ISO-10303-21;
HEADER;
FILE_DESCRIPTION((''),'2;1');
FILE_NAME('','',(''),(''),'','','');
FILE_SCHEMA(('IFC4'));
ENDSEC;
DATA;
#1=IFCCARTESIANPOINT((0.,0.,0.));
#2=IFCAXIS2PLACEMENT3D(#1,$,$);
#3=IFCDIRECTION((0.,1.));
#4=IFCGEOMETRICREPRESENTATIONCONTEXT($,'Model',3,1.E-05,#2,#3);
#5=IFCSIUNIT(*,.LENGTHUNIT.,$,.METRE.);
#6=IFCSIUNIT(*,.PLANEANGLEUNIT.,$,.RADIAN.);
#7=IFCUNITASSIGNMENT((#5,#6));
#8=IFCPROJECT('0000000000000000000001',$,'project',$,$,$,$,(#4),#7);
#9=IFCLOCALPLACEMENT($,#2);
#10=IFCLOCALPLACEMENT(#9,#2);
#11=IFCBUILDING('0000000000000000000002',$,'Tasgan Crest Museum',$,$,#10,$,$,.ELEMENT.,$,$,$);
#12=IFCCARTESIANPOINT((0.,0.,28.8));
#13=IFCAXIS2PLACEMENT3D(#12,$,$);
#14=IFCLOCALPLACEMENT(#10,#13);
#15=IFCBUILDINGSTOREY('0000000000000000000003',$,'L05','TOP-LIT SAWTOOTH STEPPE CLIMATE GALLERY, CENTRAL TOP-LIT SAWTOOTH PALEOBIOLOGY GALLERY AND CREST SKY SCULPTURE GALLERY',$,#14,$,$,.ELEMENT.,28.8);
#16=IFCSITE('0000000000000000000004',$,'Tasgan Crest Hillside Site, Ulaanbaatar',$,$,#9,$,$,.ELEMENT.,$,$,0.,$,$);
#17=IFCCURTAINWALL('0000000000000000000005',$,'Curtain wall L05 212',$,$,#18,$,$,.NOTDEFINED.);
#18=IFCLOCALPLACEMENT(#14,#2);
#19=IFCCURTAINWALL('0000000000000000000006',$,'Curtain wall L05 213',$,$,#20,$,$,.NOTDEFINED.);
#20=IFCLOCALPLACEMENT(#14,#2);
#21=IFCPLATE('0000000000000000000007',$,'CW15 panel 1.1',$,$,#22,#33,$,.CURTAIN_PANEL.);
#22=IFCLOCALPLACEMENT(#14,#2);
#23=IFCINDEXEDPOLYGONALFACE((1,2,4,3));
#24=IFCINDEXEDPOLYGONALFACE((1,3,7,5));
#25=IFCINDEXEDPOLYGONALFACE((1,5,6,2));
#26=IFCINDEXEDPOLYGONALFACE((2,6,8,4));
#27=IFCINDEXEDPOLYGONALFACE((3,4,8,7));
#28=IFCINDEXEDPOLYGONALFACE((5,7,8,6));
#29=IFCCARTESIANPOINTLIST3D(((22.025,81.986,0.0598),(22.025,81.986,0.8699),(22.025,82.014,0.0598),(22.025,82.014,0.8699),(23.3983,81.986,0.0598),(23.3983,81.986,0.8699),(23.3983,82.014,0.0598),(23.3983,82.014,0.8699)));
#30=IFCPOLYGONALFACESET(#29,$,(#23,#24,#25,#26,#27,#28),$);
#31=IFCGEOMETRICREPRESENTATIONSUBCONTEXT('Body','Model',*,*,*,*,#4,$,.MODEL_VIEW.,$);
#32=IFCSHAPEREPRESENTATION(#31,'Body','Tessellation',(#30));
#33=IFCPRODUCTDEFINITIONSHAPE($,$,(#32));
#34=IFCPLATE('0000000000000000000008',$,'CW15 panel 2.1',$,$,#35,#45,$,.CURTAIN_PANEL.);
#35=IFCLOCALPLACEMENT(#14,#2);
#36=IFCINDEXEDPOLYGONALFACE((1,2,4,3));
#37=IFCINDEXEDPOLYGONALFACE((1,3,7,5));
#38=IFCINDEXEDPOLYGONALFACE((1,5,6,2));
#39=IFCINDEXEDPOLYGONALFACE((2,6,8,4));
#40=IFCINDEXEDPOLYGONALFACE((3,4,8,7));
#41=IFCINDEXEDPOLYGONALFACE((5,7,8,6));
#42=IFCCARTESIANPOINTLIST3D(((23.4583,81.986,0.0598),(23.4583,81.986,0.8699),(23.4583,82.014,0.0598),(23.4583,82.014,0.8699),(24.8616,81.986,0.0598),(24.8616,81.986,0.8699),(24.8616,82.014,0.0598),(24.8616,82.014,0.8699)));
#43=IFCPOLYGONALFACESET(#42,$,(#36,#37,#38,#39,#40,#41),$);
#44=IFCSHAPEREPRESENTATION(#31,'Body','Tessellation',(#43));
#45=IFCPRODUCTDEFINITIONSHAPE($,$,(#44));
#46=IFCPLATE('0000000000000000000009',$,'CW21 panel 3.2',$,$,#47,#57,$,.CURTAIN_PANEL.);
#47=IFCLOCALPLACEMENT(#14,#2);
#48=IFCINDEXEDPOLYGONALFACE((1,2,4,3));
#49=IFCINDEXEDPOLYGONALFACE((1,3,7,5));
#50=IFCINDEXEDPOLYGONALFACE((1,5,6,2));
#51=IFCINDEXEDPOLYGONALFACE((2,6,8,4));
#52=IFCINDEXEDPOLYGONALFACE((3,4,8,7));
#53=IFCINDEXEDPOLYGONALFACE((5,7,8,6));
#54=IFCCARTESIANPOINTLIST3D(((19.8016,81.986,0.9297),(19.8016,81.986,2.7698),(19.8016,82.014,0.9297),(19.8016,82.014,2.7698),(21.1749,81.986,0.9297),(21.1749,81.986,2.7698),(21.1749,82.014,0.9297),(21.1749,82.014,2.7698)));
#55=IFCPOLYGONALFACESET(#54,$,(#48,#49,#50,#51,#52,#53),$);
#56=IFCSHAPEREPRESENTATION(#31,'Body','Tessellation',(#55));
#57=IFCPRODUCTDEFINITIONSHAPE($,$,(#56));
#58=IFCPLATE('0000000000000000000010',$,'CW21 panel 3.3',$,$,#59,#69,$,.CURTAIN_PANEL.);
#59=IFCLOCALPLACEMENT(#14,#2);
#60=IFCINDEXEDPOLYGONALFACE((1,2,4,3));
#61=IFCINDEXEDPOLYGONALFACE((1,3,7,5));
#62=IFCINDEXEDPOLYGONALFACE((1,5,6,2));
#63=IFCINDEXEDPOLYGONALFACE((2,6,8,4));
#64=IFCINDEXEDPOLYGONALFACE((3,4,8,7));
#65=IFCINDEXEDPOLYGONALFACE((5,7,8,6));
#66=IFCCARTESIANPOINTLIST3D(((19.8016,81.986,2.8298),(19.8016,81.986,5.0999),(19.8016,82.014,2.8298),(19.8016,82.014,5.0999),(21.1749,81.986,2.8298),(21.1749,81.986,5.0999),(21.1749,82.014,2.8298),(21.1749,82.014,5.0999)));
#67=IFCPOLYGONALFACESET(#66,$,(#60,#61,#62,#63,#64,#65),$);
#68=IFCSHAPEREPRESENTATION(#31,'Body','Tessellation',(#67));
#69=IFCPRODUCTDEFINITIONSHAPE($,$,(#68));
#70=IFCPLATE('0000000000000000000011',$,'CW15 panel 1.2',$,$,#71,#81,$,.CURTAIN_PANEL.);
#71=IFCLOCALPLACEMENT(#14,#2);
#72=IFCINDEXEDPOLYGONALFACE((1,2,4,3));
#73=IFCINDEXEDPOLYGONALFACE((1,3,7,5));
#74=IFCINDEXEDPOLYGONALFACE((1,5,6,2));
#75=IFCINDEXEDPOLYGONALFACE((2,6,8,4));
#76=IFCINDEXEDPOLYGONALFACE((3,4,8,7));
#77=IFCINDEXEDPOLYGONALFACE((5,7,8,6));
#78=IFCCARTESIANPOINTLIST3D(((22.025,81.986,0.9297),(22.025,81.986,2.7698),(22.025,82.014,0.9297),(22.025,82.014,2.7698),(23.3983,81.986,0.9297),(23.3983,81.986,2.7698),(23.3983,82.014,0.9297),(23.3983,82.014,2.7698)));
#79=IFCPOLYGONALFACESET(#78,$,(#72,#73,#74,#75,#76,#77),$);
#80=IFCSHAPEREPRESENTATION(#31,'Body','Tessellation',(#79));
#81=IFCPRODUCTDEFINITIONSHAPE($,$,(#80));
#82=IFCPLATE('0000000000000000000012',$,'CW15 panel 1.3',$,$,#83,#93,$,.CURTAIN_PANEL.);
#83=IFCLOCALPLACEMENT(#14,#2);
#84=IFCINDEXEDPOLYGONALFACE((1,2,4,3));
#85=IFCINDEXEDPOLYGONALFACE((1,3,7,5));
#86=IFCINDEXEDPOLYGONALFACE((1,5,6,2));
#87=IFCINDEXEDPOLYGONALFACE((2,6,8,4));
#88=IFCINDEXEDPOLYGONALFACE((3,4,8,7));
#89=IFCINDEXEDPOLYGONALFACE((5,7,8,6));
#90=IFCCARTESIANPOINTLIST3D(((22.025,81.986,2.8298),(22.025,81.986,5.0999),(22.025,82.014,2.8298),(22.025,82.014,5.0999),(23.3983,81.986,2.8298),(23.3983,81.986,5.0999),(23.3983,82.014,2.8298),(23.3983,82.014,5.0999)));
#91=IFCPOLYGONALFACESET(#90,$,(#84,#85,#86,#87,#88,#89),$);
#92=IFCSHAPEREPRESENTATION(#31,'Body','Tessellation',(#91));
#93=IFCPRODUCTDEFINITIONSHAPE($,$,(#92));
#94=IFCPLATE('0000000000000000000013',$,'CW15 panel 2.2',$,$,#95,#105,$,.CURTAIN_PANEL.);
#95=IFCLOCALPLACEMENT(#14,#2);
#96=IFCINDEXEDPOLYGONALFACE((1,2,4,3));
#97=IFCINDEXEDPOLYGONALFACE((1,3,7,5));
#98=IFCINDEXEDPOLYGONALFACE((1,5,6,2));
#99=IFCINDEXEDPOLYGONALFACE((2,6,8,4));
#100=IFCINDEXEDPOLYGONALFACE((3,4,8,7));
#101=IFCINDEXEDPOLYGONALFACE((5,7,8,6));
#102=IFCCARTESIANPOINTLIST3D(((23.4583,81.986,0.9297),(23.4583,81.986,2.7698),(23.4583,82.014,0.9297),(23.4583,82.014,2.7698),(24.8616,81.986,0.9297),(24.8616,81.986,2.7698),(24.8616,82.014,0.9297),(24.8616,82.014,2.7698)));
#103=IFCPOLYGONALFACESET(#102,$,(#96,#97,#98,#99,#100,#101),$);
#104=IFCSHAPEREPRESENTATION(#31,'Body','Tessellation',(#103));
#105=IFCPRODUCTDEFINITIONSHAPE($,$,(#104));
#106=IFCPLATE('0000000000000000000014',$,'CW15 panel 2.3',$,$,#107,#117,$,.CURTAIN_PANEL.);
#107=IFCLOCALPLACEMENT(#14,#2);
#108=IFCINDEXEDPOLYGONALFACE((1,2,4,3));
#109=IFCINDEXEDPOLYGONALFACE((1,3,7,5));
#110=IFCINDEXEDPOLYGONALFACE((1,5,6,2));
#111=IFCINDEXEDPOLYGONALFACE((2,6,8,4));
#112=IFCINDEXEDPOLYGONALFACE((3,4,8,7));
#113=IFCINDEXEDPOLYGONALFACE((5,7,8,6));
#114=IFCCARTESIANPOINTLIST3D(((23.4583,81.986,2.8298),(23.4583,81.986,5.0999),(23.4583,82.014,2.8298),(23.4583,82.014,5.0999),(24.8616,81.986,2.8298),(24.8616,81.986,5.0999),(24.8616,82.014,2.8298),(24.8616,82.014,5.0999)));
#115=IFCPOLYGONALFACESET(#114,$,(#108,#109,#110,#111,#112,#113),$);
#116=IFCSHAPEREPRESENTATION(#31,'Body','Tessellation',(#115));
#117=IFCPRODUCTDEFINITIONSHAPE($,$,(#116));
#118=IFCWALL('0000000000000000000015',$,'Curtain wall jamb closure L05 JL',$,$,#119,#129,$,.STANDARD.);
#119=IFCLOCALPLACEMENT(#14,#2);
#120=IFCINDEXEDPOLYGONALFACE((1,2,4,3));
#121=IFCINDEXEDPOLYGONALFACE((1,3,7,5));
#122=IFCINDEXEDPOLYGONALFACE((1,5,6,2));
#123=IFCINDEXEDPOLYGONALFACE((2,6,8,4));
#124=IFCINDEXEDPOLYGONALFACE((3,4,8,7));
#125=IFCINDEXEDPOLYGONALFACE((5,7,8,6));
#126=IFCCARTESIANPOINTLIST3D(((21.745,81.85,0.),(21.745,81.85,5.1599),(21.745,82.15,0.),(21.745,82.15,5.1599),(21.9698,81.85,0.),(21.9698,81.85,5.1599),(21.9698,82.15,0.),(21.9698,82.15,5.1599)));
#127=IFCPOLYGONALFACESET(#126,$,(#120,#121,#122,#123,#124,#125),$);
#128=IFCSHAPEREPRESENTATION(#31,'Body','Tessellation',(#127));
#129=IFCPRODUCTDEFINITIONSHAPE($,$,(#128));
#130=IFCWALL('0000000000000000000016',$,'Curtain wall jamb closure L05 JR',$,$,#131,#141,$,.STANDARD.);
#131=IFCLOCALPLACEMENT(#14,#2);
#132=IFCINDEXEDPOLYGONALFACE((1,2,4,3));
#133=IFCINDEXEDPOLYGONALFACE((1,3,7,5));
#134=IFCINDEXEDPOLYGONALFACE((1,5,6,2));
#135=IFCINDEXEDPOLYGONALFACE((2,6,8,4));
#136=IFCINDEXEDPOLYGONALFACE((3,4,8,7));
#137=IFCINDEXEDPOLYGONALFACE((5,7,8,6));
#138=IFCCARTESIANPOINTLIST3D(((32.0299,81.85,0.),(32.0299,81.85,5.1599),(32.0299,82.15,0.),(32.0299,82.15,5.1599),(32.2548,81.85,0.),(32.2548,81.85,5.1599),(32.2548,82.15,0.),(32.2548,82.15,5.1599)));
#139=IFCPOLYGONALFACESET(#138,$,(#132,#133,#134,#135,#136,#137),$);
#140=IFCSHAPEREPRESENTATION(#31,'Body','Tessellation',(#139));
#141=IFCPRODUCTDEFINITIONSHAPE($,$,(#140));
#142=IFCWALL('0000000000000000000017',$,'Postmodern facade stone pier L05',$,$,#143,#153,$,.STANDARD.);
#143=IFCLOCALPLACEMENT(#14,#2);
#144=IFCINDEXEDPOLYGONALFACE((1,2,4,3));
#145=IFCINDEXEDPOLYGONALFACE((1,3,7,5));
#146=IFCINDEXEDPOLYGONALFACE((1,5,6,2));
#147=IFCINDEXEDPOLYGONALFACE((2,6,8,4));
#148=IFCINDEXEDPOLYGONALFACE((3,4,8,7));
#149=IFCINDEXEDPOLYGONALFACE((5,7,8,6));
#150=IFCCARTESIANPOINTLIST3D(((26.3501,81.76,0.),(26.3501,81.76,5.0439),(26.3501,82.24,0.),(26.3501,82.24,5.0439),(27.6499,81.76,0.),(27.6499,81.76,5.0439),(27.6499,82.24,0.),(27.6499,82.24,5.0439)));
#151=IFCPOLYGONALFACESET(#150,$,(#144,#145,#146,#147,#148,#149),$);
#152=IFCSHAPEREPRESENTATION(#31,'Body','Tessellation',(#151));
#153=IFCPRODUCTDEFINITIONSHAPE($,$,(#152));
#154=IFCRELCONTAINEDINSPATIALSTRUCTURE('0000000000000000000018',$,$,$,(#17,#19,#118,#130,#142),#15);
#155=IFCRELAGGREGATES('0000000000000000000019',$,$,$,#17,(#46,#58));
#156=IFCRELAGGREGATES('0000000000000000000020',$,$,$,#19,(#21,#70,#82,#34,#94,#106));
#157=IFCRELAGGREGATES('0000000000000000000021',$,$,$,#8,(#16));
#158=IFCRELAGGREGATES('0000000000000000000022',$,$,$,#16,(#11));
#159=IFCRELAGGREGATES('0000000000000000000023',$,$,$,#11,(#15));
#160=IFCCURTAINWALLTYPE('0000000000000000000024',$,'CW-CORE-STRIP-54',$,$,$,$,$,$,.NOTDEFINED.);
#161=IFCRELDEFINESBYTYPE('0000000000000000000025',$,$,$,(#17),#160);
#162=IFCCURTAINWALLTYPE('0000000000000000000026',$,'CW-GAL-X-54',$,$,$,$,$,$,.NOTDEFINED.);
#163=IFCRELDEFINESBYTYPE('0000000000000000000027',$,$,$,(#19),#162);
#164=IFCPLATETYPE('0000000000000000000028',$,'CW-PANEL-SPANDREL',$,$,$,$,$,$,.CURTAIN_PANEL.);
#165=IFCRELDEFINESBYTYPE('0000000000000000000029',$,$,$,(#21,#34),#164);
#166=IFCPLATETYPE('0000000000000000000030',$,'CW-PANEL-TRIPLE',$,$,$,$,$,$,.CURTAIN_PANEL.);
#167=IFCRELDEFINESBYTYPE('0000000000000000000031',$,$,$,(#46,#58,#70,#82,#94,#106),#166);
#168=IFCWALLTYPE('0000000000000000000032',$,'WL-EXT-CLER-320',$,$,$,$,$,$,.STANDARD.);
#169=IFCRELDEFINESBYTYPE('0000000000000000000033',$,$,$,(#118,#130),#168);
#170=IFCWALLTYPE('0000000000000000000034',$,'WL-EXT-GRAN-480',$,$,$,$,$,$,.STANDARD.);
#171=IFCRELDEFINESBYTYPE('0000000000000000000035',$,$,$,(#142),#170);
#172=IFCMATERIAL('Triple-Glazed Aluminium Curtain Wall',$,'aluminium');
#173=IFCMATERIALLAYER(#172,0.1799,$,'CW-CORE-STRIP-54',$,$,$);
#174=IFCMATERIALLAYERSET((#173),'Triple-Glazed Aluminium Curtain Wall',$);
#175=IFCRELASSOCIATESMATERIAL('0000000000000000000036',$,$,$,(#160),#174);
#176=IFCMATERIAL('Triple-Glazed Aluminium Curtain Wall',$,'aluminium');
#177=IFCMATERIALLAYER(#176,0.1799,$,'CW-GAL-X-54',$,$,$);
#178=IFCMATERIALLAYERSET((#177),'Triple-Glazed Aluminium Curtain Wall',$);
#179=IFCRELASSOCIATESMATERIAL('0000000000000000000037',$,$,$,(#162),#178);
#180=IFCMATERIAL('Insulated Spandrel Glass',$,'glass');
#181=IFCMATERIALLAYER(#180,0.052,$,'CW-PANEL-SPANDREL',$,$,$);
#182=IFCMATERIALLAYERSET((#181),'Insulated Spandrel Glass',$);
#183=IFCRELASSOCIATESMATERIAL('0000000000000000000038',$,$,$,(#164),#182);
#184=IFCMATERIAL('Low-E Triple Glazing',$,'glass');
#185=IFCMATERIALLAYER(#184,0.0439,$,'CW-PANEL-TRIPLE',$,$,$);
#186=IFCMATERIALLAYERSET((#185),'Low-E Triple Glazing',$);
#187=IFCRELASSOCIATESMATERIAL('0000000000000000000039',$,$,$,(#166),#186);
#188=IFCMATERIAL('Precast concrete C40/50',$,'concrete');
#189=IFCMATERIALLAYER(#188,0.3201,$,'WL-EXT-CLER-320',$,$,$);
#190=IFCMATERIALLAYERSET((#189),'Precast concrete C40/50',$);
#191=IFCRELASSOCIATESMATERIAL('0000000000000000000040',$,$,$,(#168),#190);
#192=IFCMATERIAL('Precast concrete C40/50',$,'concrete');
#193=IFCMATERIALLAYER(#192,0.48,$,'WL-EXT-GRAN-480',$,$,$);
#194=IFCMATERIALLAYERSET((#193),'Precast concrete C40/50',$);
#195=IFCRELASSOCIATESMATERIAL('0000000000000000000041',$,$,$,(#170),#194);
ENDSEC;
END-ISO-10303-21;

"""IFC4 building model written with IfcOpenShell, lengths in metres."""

from ifc_helpers import new_model, si_unit, direction, frame, frame_2d, origin, origin_2d, place, context, subcontext, project, spatial, rectangle, extrude, material, layer, layer_set, type_object, element, aggregate, save


model = new_model("IFC4")

# Units and contexts
model_context = context("Model", 3, precision=1e-05, world=origin(), true_north=direction((0.0, 1.0)))
body_context = subcontext(model_context, "Body", "Model", "MODEL_VIEW")
ifc_project = project(units=[si_unit("LENGTHUNIT", "METRE"), si_unit("PLANEANGLEUNIT", "RADIAN")], contexts=[model_context])

# Site, building, storey
site_placement = place(None, origin())
site = spatial("IfcSite", under=ifc_project, at=site_placement, Name="Tasgan Crest Hillside Site, Ulaanbaatar", CompositionType="ELEMENT", RefElevation=0.0)
building_placement = place(site_placement, origin())
building = spatial("IfcBuilding", under=site, at=building_placement, Name="Tasgan Crest Museum", CompositionType="ELEMENT")
storey_placement = place(building_placement, frame((0.0, 0.0, 28.8)))
storey = spatial("IfcBuildingStorey", under=building, at=storey_placement, Name="L05", Description="TOP-LIT SAWTOOTH STEPPE CLIMATE GALLERY, CENTRAL TOP-LIT SAWTOOTH PALEOBIOLOGY GALLERY AND CREST SKY SCULPTURE GALLERY", CompositionType="ELEMENT", Elevation=28.8)

# Curtain wall
ifc_material_1 = material(Name="Triple-Glazed Aluminium Curtain Wall", Category="aluminium")
ifc_layer_1 = layer(ifc_material_1, 0.1799, Name="CW-CORE-STRIP-54")
ifc_layer_set_1 = layer_set([ifc_layer_1], Name="Triple-Glazed Aluminium Curtain Wall")
curtain_wall_type_1 = type_object("IfcCurtainWallType", Name="CW-CORE-STRIP-54", PredefinedType="NOTDEFINED", material=ifc_layer_set_1)
curtain_wall_1_placement = place(storey_placement, origin())
curtain_wall_1 = element("IfcCurtainWall", 1, at=curtain_wall_1_placement, inside=storey, type_object=curtain_wall_type_1, Name="Curtain wall L05 212", PredefinedType="NOTDEFINED")

# Curtain wall
ifc_material_2 = material(Name="Triple-Glazed Aluminium Curtain Wall", Category="aluminium")
ifc_layer_2 = layer(ifc_material_2, 0.1799, Name="CW-GAL-X-54")
ifc_layer_set_2 = layer_set([ifc_layer_2], Name="Triple-Glazed Aluminium Curtain Wall")
curtain_wall_type_2 = type_object("IfcCurtainWallType", Name="CW-GAL-X-54", PredefinedType="NOTDEFINED", material=ifc_layer_set_2)
curtain_wall_2_placement = place(storey_placement, origin())
curtain_wall_2 = element("IfcCurtainWall", 2, at=curtain_wall_2_placement, inside=storey, type_object=curtain_wall_type_2, Name="Curtain wall L05 213", PredefinedType="NOTDEFINED")

# Plates
ifc_material_3 = material(Name="Insulated Spandrel Glass", Category="glass")
ifc_layer_3 = layer(ifc_material_3, 0.052, Name="CW-PANEL-SPANDREL")
ifc_layer_set_3 = layer_set([ifc_layer_3], Name="Insulated Spandrel Glass")
plate_type_1 = type_object("IfcPlateType", Name="CW-PANEL-SPANDREL", PredefinedType="CURTAIN_PANEL", material=ifc_layer_set_3)
plate_1_placement = place(storey_placement, frame((22.7117, 82.0, 0.0598), z_axis=(0.0, 0.0, 1.0), x_axis=(1.0, 0.0, 0.0)))
plate_1 = element("IfcPlate", 3, at=plate_1_placement, type_object=plate_type_1, Name="CW15 panel 1.1", PredefinedType="CURTAIN_PANEL", context=body_context, shape_type="SweptSolid", body=[
    extrude(rectangle(XDim=1.3733, YDim=0.0281, at=origin_2d()), origin(), (0.0, 0.0, 1.0), 0.8101),
])
plate_2_placement = place(storey_placement, frame((24.1599, 82.0, 0.0598), z_axis=(0.0, 0.0, 1.0), x_axis=(1.0, 0.0, 0.0)))
plate_2 = element("IfcPlate", 4, at=plate_2_placement, type_object=plate_type_1, Name="CW15 panel 2.1", PredefinedType="CURTAIN_PANEL", context=body_context, shape_type="SweptSolid", body=[
    extrude(rectangle(XDim=1.4033, YDim=0.0281, at=origin_2d()), origin(), (0.0, 0.0, 1.0), 0.8101),
])
ifc_material_4 = material(Name="Low-E Triple Glazing", Category="glass")
ifc_layer_4 = layer(ifc_material_4, 0.0439, Name="CW-PANEL-TRIPLE")
ifc_layer_set_4 = layer_set([ifc_layer_4], Name="Low-E Triple Glazing")
plate_type_2 = type_object("IfcPlateType", Name="CW-PANEL-TRIPLE", PredefinedType="CURTAIN_PANEL", material=ifc_layer_set_4)
plate_3_placement = place(storey_placement, frame((20.4883, 82.0, 0.9297), z_axis=(0.0, 0.0, 1.0), x_axis=(1.0, 0.0, 0.0)))
plate_3 = element("IfcPlate", 5, at=plate_3_placement, type_object=plate_type_2, Name="CW21 panel 3.2", PredefinedType="CURTAIN_PANEL", context=body_context, shape_type="SweptSolid", body=[
    extrude(rectangle(XDim=1.3733, YDim=0.0281, at=origin_2d()), origin(), (0.0, 0.0, 1.0), 1.8401),
])
plate_4_placement = place(storey_placement, frame((20.4883, 82.0, 2.8298), z_axis=(0.0, 0.0, 1.0), x_axis=(1.0, 0.0, 0.0)))
plate_4 = element("IfcPlate", 6, at=plate_4_placement, type_object=plate_type_2, Name="CW21 panel 3.3", PredefinedType="CURTAIN_PANEL", context=body_context, shape_type="SweptSolid", body=[
    extrude(rectangle(XDim=1.3733, YDim=0.0281, at=origin_2d()), origin(), (0.0, 0.0, 1.0), 2.27),
])
aggregate(curtain_wall_1, [plate_3, plate_4])
plate_5_placement = place(storey_placement, frame((22.7117, 82.0, 0.9297), z_axis=(0.0, 0.0, 1.0), x_axis=(1.0, 0.0, 0.0)))
plate_5 = element("IfcPlate", 7, at=plate_5_placement, type_object=plate_type_2, Name="CW15 panel 1.2", PredefinedType="CURTAIN_PANEL", context=body_context, shape_type="SweptSolid", body=[
    extrude(rectangle(XDim=1.3733, YDim=0.0281, at=origin_2d()), origin(), (0.0, 0.0, 1.0), 1.8401),
])
plate_6_placement = place(storey_placement, frame((22.7117, 82.0, 2.8298), z_axis=(0.0, 0.0, 1.0), x_axis=(1.0, 0.0, 0.0)))
plate_6 = element("IfcPlate", 8, at=plate_6_placement, type_object=plate_type_2, Name="CW15 panel 1.3", PredefinedType="CURTAIN_PANEL", context=body_context, shape_type="SweptSolid", body=[
    extrude(rectangle(XDim=1.3733, YDim=0.0281, at=origin_2d()), origin(), (0.0, 0.0, 1.0), 2.27),
])
plate_7_placement = place(storey_placement, frame((24.1599, 82.0, 0.9297), z_axis=(0.0, 0.0, 1.0), x_axis=(1.0, 0.0, 0.0)))
plate_7 = element("IfcPlate", 9, at=plate_7_placement, type_object=plate_type_2, Name="CW15 panel 2.2", PredefinedType="CURTAIN_PANEL", context=body_context, shape_type="SweptSolid", body=[
    extrude(rectangle(XDim=1.4033, YDim=0.0281, at=origin_2d()), origin(), (0.0, 0.0, 1.0), 1.8401),
])
plate_8_placement = place(storey_placement, frame((24.1599, 82.0, 2.8298), z_axis=(0.0, 0.0, 1.0), x_axis=(1.0, 0.0, 0.0)))
plate_8 = element("IfcPlate", 10, at=plate_8_placement, type_object=plate_type_2, Name="CW15 panel 2.3", PredefinedType="CURTAIN_PANEL", context=body_context, shape_type="SweptSolid", body=[
    extrude(rectangle(XDim=1.4033, YDim=0.0281, at=origin_2d()), origin(), (0.0, 0.0, 1.0), 2.27),
])
aggregate(curtain_wall_2, [plate_1, plate_5, plate_6, plate_2, plate_7, plate_8])

# Walls
ifc_material_5 = material(Name="Precast concrete C40/50", Category="concrete")
ifc_layer_5 = layer(ifc_material_5, 0.3201, Name="WL-EXT-CLER-320")
ifc_layer_set_5 = layer_set([ifc_layer_5], Name="Precast concrete C40/50")
wall_type_1 = type_object("IfcWallType", Name="WL-EXT-CLER-320", PredefinedType="STANDARD", material=ifc_layer_set_5)
for number, where, z_axis, x_axis, name in (
    (11, (21.7451, 82.0, 0.0), (0.0, 0.0, 1.0), (1.0, 0.0, 0.0), "Curtain wall jamb closure L05 JL"),
    (12, (32.03, 82.0, 0.0), (0.0, 0.0, 1.0), (1.0, 0.0, 0.0), "Curtain wall jamb closure L05 JR"),
):
    element("IfcWall", number, at=place(storey_placement, frame(where, z_axis=z_axis, x_axis=x_axis)), inside=storey, type_object=wall_type_1, Name=name, PredefinedType="STANDARD", context=body_context, shape_type="SweptSolid", body=[
        extrude(rectangle(XDim=0.2249, YDim=0.3, at=frame_2d((0.1123, 0.0))), origin(), (0.0, 0.0, 1.0), 5.1599),
    ])
ifc_material_6 = material(Name="Precast concrete C40/50", Category="concrete")
ifc_layer_6 = layer(ifc_material_6, 0.48, Name="WL-EXT-GRAN-480")
ifc_layer_set_6 = layer_set([ifc_layer_6], Name="Precast concrete C40/50")
wall_type_2 = type_object("IfcWallType", Name="WL-EXT-GRAN-480", PredefinedType="STANDARD", material=ifc_layer_set_6)
wall_placement = place(storey_placement, frame((26.3501, 82.0, 0.0), z_axis=(0.0, 0.0, 1.0), x_axis=(1.0, 0.0, 0.0)))
element("IfcWall", 13, at=wall_placement, inside=storey, type_object=wall_type_2, Name="Postmodern facade stone pier L05", PredefinedType="STANDARD", context=body_context, shape_type="SweptSolid", body=[
    extrude(rectangle(XDim=1.2998, YDim=0.48, at=frame_2d((0.6499, 0.0))), origin(), (0.0, 0.0, 1.0), 5.0439),
])

save(model, "model.ifc")
